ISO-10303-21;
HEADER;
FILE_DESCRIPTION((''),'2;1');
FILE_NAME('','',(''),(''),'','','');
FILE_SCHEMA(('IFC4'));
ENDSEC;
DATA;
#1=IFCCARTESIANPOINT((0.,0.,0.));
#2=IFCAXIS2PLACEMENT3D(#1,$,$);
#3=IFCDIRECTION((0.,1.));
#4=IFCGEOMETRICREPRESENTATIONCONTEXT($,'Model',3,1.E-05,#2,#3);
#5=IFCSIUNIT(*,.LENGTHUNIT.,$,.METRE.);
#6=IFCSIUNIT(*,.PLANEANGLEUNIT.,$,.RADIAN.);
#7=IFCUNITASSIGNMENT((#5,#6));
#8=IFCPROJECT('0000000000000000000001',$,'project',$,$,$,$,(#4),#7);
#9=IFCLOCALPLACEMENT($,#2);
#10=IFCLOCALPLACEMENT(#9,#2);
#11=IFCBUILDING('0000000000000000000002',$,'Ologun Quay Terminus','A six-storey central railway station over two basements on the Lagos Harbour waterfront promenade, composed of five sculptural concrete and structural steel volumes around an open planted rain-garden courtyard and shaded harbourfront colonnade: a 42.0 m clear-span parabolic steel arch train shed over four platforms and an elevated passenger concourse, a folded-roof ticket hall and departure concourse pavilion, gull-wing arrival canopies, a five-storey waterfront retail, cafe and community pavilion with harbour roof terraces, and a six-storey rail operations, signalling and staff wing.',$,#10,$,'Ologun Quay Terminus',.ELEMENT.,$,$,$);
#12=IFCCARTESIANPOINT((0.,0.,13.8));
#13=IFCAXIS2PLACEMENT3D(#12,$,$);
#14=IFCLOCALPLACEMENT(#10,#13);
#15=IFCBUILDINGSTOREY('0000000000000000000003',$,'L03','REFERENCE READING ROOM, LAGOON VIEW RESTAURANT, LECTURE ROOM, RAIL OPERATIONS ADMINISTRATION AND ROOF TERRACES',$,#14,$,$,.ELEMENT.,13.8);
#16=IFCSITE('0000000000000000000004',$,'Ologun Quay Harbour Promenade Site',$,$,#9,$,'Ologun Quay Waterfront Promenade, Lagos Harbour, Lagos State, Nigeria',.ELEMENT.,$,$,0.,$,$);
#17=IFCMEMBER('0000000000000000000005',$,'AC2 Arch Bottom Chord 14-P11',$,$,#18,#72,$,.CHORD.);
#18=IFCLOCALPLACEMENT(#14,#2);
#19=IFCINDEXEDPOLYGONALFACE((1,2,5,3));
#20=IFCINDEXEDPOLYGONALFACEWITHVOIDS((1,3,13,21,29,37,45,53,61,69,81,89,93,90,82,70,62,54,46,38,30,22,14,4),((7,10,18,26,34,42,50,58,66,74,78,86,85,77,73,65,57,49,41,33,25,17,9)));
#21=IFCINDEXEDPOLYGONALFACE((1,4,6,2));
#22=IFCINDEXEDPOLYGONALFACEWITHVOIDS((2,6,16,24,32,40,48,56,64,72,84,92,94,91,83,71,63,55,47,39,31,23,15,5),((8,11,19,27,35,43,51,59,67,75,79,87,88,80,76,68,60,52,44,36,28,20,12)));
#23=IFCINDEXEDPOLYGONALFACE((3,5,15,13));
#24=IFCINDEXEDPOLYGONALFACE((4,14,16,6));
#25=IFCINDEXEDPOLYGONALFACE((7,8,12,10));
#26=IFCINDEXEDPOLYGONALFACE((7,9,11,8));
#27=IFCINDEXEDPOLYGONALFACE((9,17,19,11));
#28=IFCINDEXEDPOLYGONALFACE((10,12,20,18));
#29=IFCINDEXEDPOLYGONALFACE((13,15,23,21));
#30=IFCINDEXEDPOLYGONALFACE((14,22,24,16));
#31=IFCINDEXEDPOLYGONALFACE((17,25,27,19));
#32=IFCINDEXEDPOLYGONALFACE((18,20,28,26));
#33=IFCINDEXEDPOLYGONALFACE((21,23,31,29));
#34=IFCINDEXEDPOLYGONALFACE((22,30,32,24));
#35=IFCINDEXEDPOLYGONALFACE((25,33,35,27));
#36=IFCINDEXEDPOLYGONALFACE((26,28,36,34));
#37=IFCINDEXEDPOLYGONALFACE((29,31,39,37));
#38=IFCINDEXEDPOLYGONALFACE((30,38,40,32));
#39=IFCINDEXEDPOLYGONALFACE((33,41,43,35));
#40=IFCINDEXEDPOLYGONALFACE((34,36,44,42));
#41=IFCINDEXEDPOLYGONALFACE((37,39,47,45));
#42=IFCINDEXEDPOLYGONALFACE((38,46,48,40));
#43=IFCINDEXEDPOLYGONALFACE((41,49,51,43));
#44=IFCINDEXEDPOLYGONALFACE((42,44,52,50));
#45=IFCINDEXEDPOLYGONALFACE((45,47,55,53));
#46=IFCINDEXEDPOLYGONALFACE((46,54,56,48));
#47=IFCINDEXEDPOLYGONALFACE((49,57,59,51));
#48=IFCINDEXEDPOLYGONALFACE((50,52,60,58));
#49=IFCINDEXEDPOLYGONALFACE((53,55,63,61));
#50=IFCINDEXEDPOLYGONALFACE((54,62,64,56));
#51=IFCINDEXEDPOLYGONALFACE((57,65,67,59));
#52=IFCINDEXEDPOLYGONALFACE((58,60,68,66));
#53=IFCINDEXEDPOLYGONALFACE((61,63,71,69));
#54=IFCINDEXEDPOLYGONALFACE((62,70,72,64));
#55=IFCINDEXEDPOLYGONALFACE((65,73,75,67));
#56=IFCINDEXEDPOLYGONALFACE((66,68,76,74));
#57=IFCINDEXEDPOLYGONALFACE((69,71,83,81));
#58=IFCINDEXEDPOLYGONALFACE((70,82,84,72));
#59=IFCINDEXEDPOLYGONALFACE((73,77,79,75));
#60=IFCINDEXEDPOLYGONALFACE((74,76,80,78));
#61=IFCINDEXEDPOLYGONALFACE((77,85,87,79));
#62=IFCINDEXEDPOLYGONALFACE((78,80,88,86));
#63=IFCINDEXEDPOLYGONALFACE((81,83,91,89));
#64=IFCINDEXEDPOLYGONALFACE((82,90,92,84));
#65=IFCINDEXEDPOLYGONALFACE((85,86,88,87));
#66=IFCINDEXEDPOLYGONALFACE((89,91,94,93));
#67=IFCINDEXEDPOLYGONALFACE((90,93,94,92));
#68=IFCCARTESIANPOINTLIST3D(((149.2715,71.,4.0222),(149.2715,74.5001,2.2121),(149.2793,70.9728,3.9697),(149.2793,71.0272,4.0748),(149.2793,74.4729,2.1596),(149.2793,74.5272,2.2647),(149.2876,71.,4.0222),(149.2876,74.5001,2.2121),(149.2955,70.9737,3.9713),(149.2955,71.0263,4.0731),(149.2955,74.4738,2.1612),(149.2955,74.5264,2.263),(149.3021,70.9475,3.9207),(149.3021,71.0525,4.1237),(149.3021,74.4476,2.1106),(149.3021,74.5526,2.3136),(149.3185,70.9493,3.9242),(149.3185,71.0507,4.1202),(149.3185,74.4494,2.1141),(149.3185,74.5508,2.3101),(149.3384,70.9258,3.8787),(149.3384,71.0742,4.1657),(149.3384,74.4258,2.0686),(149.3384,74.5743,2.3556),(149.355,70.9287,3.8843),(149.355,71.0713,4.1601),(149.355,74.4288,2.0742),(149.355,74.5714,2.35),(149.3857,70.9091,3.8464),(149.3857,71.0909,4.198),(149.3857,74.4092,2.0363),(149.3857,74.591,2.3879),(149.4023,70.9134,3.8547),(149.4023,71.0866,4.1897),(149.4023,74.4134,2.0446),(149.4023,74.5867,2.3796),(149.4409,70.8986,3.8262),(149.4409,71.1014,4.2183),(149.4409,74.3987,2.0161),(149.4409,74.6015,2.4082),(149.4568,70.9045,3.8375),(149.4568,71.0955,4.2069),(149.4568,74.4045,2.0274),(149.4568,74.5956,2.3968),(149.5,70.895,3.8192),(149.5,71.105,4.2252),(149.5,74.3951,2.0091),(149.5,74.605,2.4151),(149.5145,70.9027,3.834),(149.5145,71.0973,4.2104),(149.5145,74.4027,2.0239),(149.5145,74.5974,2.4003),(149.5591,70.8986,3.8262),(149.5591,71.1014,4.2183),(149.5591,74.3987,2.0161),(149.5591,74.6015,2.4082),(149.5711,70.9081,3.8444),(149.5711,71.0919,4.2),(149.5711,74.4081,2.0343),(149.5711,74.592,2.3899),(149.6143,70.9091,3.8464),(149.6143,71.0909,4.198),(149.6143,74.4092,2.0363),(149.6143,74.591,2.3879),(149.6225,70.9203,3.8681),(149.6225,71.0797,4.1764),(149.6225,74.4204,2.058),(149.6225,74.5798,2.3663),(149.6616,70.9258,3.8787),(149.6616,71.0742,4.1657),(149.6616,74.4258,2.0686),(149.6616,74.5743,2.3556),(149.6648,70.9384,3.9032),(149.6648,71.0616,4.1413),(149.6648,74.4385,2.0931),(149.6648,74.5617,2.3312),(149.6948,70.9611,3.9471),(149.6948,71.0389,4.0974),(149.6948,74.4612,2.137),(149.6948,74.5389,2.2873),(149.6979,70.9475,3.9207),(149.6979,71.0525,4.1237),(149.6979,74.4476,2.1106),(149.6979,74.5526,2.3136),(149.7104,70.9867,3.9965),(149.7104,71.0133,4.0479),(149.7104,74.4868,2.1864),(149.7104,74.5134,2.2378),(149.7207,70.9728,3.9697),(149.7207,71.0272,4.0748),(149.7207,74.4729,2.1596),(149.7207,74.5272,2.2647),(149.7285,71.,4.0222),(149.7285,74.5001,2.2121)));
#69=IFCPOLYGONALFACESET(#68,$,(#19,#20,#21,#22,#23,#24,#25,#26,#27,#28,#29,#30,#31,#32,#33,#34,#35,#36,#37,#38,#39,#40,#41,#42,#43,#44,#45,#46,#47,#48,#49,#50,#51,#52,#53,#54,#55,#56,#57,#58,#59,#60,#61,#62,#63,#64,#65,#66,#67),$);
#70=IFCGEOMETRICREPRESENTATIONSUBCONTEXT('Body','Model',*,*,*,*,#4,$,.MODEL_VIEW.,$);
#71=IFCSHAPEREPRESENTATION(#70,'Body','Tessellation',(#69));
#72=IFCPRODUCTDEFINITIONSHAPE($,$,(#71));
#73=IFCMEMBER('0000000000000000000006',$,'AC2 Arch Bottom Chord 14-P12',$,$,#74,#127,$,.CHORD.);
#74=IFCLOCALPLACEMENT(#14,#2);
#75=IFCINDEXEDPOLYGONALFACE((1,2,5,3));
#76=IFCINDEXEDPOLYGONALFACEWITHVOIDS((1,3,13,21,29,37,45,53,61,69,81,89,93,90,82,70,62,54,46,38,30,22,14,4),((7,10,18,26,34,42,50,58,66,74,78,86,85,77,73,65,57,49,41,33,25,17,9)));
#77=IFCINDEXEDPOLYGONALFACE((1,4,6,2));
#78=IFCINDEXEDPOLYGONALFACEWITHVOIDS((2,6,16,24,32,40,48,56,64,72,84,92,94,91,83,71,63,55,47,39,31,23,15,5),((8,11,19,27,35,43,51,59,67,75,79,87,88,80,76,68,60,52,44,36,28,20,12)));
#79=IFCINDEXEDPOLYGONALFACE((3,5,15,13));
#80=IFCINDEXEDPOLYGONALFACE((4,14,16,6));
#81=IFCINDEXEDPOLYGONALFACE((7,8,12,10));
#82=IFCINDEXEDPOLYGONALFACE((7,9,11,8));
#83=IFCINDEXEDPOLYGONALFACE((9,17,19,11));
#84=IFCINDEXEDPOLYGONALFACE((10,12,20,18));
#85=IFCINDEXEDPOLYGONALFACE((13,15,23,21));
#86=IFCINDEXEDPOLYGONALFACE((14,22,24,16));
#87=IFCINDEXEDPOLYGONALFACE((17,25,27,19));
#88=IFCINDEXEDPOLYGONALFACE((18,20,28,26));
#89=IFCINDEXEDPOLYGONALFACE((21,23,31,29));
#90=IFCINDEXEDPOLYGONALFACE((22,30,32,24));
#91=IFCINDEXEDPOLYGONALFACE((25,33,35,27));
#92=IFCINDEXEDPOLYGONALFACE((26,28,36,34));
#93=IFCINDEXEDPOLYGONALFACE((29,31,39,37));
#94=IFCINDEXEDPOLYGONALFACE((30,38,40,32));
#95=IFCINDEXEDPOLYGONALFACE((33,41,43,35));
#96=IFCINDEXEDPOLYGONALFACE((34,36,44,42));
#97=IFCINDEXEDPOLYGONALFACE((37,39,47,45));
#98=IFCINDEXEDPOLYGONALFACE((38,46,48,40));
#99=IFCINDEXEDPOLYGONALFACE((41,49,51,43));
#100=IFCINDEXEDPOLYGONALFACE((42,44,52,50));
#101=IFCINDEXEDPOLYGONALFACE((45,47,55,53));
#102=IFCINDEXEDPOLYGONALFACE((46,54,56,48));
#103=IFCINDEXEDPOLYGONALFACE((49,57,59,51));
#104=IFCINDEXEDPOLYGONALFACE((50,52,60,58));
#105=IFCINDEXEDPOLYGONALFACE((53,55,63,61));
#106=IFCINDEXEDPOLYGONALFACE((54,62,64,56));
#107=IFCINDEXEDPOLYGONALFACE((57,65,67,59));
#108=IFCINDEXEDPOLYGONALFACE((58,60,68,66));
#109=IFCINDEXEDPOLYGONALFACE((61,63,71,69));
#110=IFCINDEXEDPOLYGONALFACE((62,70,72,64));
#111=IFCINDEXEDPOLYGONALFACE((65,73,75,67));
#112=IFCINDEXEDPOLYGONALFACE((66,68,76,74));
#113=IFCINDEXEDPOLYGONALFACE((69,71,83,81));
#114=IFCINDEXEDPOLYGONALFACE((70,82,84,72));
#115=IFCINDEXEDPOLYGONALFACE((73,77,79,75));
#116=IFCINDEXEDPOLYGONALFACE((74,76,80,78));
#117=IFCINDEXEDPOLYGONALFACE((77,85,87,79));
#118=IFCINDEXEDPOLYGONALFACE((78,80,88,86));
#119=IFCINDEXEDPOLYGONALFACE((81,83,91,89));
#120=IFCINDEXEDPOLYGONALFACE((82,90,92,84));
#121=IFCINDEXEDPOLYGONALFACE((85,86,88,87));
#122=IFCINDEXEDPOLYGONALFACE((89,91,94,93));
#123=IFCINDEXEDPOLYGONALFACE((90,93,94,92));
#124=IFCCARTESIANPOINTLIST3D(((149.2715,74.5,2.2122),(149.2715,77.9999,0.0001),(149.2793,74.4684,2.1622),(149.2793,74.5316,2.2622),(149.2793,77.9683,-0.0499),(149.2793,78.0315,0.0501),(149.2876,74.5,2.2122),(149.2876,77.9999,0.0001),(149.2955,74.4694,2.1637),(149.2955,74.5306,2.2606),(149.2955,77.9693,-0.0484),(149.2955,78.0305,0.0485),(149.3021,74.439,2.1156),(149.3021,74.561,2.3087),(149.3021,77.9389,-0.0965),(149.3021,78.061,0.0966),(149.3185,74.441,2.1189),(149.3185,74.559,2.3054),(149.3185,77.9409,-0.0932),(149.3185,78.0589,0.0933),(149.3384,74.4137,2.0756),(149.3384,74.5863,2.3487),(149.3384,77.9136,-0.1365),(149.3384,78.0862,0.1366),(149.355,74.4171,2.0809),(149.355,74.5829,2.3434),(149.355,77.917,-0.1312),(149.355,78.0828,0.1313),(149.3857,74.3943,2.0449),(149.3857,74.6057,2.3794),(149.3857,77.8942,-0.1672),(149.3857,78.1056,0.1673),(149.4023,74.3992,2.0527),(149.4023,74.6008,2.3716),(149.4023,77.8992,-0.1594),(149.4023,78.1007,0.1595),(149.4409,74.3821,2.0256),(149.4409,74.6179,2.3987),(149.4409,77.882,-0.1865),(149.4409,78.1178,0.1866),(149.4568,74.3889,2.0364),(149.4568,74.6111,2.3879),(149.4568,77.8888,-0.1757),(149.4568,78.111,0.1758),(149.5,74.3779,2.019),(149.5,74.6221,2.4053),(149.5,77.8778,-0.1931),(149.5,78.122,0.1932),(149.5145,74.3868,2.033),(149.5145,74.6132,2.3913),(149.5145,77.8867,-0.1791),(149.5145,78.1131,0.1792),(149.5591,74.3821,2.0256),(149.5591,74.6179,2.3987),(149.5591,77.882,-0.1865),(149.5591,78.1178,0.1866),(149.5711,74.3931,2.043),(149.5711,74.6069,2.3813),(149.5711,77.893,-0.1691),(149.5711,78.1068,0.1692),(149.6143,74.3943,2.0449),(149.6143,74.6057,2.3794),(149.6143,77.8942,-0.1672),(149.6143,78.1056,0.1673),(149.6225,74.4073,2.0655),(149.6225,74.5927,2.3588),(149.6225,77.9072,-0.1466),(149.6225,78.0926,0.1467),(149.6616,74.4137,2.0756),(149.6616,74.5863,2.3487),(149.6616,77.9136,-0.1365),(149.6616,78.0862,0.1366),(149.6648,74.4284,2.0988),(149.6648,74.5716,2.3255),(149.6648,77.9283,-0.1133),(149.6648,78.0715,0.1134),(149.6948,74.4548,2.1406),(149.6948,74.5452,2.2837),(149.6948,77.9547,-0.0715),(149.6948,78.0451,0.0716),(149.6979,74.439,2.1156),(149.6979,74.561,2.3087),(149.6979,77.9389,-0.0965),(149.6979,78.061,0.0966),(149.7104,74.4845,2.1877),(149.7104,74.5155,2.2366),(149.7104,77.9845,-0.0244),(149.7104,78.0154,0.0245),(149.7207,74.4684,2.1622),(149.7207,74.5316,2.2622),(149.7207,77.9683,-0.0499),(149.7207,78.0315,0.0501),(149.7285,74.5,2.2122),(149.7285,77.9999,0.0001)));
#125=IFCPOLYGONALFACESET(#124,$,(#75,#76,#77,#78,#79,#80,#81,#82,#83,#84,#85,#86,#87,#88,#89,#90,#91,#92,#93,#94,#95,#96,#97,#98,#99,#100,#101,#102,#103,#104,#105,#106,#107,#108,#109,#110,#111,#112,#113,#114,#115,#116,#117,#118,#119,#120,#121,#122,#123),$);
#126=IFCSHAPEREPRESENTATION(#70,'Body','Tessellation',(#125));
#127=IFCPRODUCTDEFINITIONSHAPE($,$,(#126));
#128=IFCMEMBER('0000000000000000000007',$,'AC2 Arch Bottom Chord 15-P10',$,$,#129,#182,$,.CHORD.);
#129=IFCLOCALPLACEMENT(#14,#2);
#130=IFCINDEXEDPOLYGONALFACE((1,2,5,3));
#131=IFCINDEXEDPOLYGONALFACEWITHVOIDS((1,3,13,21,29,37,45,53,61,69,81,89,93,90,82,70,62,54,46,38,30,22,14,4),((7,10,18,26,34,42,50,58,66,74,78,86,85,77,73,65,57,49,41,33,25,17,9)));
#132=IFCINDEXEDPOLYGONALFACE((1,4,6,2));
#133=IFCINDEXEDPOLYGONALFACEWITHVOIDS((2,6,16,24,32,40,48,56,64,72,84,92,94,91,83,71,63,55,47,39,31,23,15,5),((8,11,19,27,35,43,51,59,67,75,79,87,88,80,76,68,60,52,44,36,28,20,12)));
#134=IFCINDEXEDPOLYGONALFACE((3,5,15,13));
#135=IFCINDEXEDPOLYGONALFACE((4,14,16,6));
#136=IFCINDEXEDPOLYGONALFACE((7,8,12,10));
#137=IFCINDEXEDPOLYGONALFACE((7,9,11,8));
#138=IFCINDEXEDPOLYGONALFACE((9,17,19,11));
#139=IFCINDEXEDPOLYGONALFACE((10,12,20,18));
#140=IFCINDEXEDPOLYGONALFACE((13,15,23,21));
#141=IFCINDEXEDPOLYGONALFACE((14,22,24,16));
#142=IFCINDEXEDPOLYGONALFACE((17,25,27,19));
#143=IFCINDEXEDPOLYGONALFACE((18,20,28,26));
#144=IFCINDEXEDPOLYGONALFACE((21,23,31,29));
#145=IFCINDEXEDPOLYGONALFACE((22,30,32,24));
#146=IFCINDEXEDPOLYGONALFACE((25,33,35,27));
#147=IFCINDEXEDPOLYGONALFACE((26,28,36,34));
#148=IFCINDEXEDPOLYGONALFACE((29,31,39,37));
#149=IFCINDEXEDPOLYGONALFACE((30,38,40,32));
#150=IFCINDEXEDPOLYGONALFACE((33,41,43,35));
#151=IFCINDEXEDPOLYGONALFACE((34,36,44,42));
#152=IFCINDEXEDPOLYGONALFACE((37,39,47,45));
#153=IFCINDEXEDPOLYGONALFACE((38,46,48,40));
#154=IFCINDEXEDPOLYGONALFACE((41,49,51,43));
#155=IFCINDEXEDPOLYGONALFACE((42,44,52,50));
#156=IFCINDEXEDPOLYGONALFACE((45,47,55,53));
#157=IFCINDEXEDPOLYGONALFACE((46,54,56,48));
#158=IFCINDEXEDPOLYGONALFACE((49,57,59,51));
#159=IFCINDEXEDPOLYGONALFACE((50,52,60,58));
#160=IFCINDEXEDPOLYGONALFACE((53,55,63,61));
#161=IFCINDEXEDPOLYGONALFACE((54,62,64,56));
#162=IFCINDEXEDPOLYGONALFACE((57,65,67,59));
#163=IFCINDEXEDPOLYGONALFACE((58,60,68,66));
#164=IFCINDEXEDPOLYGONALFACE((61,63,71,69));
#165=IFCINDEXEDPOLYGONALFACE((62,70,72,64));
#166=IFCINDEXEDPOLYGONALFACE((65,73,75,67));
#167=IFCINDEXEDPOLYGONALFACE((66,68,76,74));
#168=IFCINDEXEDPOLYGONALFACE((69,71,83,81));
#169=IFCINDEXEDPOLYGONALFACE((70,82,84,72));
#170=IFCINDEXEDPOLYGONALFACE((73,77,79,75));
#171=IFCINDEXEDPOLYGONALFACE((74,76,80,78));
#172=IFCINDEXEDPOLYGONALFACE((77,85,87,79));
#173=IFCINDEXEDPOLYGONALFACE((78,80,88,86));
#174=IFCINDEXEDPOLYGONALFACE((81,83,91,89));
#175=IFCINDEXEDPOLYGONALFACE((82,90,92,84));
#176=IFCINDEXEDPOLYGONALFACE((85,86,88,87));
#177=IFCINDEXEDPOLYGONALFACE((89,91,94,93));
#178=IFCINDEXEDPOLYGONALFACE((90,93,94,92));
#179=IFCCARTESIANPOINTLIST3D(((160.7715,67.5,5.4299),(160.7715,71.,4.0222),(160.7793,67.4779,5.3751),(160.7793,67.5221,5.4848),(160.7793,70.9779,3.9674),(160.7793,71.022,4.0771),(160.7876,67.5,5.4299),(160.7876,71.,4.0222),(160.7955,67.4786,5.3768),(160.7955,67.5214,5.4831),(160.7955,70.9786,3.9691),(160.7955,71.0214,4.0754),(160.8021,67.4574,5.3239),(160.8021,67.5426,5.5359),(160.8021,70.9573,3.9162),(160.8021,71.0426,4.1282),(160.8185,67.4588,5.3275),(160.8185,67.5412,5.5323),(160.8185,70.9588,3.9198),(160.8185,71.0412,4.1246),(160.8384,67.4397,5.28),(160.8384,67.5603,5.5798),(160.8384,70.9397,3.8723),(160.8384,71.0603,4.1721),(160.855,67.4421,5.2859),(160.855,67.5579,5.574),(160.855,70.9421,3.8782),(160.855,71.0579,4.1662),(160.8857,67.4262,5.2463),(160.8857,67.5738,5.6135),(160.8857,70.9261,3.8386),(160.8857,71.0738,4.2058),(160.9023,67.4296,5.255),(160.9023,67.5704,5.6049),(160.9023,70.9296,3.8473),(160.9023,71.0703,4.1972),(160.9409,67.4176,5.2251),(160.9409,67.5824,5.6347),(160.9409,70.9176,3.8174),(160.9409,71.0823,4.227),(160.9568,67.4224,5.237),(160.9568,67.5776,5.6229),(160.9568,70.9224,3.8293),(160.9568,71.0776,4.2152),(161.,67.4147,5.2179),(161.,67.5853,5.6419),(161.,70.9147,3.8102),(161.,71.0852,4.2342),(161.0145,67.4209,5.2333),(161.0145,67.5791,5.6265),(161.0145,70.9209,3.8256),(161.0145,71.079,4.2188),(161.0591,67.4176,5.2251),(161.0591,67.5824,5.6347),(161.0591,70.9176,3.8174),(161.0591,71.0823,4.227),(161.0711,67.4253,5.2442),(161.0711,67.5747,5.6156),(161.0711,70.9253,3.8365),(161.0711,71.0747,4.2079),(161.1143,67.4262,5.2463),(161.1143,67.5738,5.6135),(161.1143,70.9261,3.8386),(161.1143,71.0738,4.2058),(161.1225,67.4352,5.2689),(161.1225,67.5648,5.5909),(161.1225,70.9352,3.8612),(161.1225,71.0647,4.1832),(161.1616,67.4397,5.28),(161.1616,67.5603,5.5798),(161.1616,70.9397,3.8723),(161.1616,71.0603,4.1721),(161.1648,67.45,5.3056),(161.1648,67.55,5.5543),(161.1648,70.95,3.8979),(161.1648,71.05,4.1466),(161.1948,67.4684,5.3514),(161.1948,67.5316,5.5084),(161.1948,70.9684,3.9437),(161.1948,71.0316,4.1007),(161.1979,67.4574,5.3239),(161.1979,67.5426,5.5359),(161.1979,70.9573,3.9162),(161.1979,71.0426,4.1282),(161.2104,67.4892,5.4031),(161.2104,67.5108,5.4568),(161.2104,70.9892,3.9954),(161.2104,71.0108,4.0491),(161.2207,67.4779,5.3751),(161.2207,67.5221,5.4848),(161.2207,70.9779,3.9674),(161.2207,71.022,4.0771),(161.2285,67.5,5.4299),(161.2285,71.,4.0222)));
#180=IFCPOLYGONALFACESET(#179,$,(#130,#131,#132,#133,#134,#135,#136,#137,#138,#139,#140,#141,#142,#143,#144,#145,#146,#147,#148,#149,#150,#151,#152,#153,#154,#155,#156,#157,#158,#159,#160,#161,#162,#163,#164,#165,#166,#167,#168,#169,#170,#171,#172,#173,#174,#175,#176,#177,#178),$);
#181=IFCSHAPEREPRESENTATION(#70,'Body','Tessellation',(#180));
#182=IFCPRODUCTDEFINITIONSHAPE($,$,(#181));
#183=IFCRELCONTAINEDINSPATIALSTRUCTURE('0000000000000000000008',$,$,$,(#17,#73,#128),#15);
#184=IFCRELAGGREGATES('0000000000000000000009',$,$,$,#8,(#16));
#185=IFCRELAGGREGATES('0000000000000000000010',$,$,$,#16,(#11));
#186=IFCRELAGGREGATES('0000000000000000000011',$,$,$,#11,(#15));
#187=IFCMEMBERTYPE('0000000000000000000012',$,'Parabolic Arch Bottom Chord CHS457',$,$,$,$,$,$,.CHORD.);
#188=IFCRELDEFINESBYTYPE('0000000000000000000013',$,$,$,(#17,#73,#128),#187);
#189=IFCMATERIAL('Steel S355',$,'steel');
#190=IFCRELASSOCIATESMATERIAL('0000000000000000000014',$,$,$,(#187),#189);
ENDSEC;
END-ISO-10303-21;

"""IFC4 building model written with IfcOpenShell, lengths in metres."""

from ifc_helpers import new_model, si_unit, direction, frame, origin, origin_2d, place, context, subcontext, project, spatial, hollow_circle, extrude, material, material_profile, profile_set, type_object, element, save


model = new_model("IFC4")

# Units and contexts
model_context = context("Model", 3, precision=1e-05, world=origin(), true_north=direction((0.0, 1.0)))
body_context = subcontext(model_context, "Body", "Model", "MODEL_VIEW")
ifc_project = project(units=[si_unit("LENGTHUNIT", "METRE"), si_unit("PLANEANGLEUNIT", "RADIAN")], contexts=[model_context])

# Site, building, storey
site_placement = place(None, origin())
site = spatial("IfcSite", under=ifc_project, at=site_placement, Name="Ologun Quay Harbour Promenade Site", LongName="Ologun Quay Waterfront Promenade, Lagos Harbour, Lagos State, Nigeria", CompositionType="ELEMENT", RefElevation=0.0)
building_placement = place(site_placement, origin())
building = spatial("IfcBuilding", under=site, at=building_placement, Name="Ologun Quay Terminus", Description="A six-storey central railway station over two basements on the Lagos Harbour waterfront promenade, composed of five sculptural concrete and structural steel volumes around an open planted rain-garden courtyard and shaded harbourfront colonnade: a 42.0 m clear-span parabolic steel arch train shed over four platforms and an elevated passenger concourse, a folded-roof ticket hall and departure concourse pavilion, gull-wing arrival canopies, a five-storey waterfront retail, cafe and community pavilion with harbour roof terraces, and a six-storey rail operations, signalling and staff wing.", LongName="Ologun Quay Terminus", CompositionType="ELEMENT")
storey_placement = place(building_placement, frame((0.0, 0.0, 13.8)))
storey = spatial("IfcBuildingStorey", under=building, at=storey_placement, Name="L03", Description="REFERENCE READING ROOM, LAGOON VIEW RESTAURANT, LECTURE ROOM, RAIL OPERATIONS ADMINISTRATION AND ROOF TERRACES", CompositionType="ELEMENT", Elevation=13.8)

# Members
ifc_material_1 = material(Name="Steel S355", Category="steel")
ifc_material_profile_1 = material_profile(ifc_material_1, hollow_circle(Radius=0.2285, WallThickness=0.0161, at=origin_2d()), Name="CHS 457x16")
ifc_profile_set_1 = profile_set([ifc_material_profile_1], Name="Steel S355")
member_type_1 = type_object("IfcMemberType", Name="Parabolic Arch Bottom Chord CHS457", PredefinedType="CHORD", material=ifc_profile_set_1)
member_1_placement = place(storey_placement, frame((149.5, 71.0, 4.0222), z_axis=(0.0, 0.888247, -0.459366), x_axis=(-1.0, 0.0, 0.0)))
element("IfcMember", 1, at=member_1_placement, inside=storey, type_object=member_type_1, Name="AC2 Arch Bottom Chord 14-P11", PredefinedType="CHORD", context=body_context, shape_type="SweptSolid", body=[
    extrude(hollow_circle(Radius=0.2285, WallThickness=0.0161, at=origin_2d()), origin(), (0.0, 0.0, 1.0), 3.9404),
])
member_2_placement = place(storey_placement, frame((149.5, 74.5, 2.2122), z_axis=(0.0, 0.845311, -0.534275), x_axis=(-1.0, 0.0, 0.0)))
element("IfcMember", 2, at=member_2_placement, inside=storey, type_object=member_type_1, Name="AC2 Arch Bottom Chord 14-P12", PredefinedType="CHORD", context=body_context, shape_type="SweptSolid", body=[
    extrude(hollow_circle(Radius=0.2285, WallThickness=0.0161, at=origin_2d()), origin(), (0.0, 0.0, 1.0), 4.1404),
])
member_3_placement = place(storey_placement, frame((161.0, 67.5, 5.4299), z_axis=(0.0, 0.92777, -0.373153), x_axis=(-1.0, 0.0, 0.0)))
element("IfcMember", 3, at=member_3_placement, inside=storey, type_object=member_type_1, Name="AC2 Arch Bottom Chord 15-P10", PredefinedType="CHORD", context=body_context, shape_type="SweptSolid", body=[
    extrude(hollow_circle(Radius=0.2285, WallThickness=0.0161, at=origin_2d()), origin(), (0.0, 0.0, 1.0), 3.7725),
])

save(model, "model.ifc")
